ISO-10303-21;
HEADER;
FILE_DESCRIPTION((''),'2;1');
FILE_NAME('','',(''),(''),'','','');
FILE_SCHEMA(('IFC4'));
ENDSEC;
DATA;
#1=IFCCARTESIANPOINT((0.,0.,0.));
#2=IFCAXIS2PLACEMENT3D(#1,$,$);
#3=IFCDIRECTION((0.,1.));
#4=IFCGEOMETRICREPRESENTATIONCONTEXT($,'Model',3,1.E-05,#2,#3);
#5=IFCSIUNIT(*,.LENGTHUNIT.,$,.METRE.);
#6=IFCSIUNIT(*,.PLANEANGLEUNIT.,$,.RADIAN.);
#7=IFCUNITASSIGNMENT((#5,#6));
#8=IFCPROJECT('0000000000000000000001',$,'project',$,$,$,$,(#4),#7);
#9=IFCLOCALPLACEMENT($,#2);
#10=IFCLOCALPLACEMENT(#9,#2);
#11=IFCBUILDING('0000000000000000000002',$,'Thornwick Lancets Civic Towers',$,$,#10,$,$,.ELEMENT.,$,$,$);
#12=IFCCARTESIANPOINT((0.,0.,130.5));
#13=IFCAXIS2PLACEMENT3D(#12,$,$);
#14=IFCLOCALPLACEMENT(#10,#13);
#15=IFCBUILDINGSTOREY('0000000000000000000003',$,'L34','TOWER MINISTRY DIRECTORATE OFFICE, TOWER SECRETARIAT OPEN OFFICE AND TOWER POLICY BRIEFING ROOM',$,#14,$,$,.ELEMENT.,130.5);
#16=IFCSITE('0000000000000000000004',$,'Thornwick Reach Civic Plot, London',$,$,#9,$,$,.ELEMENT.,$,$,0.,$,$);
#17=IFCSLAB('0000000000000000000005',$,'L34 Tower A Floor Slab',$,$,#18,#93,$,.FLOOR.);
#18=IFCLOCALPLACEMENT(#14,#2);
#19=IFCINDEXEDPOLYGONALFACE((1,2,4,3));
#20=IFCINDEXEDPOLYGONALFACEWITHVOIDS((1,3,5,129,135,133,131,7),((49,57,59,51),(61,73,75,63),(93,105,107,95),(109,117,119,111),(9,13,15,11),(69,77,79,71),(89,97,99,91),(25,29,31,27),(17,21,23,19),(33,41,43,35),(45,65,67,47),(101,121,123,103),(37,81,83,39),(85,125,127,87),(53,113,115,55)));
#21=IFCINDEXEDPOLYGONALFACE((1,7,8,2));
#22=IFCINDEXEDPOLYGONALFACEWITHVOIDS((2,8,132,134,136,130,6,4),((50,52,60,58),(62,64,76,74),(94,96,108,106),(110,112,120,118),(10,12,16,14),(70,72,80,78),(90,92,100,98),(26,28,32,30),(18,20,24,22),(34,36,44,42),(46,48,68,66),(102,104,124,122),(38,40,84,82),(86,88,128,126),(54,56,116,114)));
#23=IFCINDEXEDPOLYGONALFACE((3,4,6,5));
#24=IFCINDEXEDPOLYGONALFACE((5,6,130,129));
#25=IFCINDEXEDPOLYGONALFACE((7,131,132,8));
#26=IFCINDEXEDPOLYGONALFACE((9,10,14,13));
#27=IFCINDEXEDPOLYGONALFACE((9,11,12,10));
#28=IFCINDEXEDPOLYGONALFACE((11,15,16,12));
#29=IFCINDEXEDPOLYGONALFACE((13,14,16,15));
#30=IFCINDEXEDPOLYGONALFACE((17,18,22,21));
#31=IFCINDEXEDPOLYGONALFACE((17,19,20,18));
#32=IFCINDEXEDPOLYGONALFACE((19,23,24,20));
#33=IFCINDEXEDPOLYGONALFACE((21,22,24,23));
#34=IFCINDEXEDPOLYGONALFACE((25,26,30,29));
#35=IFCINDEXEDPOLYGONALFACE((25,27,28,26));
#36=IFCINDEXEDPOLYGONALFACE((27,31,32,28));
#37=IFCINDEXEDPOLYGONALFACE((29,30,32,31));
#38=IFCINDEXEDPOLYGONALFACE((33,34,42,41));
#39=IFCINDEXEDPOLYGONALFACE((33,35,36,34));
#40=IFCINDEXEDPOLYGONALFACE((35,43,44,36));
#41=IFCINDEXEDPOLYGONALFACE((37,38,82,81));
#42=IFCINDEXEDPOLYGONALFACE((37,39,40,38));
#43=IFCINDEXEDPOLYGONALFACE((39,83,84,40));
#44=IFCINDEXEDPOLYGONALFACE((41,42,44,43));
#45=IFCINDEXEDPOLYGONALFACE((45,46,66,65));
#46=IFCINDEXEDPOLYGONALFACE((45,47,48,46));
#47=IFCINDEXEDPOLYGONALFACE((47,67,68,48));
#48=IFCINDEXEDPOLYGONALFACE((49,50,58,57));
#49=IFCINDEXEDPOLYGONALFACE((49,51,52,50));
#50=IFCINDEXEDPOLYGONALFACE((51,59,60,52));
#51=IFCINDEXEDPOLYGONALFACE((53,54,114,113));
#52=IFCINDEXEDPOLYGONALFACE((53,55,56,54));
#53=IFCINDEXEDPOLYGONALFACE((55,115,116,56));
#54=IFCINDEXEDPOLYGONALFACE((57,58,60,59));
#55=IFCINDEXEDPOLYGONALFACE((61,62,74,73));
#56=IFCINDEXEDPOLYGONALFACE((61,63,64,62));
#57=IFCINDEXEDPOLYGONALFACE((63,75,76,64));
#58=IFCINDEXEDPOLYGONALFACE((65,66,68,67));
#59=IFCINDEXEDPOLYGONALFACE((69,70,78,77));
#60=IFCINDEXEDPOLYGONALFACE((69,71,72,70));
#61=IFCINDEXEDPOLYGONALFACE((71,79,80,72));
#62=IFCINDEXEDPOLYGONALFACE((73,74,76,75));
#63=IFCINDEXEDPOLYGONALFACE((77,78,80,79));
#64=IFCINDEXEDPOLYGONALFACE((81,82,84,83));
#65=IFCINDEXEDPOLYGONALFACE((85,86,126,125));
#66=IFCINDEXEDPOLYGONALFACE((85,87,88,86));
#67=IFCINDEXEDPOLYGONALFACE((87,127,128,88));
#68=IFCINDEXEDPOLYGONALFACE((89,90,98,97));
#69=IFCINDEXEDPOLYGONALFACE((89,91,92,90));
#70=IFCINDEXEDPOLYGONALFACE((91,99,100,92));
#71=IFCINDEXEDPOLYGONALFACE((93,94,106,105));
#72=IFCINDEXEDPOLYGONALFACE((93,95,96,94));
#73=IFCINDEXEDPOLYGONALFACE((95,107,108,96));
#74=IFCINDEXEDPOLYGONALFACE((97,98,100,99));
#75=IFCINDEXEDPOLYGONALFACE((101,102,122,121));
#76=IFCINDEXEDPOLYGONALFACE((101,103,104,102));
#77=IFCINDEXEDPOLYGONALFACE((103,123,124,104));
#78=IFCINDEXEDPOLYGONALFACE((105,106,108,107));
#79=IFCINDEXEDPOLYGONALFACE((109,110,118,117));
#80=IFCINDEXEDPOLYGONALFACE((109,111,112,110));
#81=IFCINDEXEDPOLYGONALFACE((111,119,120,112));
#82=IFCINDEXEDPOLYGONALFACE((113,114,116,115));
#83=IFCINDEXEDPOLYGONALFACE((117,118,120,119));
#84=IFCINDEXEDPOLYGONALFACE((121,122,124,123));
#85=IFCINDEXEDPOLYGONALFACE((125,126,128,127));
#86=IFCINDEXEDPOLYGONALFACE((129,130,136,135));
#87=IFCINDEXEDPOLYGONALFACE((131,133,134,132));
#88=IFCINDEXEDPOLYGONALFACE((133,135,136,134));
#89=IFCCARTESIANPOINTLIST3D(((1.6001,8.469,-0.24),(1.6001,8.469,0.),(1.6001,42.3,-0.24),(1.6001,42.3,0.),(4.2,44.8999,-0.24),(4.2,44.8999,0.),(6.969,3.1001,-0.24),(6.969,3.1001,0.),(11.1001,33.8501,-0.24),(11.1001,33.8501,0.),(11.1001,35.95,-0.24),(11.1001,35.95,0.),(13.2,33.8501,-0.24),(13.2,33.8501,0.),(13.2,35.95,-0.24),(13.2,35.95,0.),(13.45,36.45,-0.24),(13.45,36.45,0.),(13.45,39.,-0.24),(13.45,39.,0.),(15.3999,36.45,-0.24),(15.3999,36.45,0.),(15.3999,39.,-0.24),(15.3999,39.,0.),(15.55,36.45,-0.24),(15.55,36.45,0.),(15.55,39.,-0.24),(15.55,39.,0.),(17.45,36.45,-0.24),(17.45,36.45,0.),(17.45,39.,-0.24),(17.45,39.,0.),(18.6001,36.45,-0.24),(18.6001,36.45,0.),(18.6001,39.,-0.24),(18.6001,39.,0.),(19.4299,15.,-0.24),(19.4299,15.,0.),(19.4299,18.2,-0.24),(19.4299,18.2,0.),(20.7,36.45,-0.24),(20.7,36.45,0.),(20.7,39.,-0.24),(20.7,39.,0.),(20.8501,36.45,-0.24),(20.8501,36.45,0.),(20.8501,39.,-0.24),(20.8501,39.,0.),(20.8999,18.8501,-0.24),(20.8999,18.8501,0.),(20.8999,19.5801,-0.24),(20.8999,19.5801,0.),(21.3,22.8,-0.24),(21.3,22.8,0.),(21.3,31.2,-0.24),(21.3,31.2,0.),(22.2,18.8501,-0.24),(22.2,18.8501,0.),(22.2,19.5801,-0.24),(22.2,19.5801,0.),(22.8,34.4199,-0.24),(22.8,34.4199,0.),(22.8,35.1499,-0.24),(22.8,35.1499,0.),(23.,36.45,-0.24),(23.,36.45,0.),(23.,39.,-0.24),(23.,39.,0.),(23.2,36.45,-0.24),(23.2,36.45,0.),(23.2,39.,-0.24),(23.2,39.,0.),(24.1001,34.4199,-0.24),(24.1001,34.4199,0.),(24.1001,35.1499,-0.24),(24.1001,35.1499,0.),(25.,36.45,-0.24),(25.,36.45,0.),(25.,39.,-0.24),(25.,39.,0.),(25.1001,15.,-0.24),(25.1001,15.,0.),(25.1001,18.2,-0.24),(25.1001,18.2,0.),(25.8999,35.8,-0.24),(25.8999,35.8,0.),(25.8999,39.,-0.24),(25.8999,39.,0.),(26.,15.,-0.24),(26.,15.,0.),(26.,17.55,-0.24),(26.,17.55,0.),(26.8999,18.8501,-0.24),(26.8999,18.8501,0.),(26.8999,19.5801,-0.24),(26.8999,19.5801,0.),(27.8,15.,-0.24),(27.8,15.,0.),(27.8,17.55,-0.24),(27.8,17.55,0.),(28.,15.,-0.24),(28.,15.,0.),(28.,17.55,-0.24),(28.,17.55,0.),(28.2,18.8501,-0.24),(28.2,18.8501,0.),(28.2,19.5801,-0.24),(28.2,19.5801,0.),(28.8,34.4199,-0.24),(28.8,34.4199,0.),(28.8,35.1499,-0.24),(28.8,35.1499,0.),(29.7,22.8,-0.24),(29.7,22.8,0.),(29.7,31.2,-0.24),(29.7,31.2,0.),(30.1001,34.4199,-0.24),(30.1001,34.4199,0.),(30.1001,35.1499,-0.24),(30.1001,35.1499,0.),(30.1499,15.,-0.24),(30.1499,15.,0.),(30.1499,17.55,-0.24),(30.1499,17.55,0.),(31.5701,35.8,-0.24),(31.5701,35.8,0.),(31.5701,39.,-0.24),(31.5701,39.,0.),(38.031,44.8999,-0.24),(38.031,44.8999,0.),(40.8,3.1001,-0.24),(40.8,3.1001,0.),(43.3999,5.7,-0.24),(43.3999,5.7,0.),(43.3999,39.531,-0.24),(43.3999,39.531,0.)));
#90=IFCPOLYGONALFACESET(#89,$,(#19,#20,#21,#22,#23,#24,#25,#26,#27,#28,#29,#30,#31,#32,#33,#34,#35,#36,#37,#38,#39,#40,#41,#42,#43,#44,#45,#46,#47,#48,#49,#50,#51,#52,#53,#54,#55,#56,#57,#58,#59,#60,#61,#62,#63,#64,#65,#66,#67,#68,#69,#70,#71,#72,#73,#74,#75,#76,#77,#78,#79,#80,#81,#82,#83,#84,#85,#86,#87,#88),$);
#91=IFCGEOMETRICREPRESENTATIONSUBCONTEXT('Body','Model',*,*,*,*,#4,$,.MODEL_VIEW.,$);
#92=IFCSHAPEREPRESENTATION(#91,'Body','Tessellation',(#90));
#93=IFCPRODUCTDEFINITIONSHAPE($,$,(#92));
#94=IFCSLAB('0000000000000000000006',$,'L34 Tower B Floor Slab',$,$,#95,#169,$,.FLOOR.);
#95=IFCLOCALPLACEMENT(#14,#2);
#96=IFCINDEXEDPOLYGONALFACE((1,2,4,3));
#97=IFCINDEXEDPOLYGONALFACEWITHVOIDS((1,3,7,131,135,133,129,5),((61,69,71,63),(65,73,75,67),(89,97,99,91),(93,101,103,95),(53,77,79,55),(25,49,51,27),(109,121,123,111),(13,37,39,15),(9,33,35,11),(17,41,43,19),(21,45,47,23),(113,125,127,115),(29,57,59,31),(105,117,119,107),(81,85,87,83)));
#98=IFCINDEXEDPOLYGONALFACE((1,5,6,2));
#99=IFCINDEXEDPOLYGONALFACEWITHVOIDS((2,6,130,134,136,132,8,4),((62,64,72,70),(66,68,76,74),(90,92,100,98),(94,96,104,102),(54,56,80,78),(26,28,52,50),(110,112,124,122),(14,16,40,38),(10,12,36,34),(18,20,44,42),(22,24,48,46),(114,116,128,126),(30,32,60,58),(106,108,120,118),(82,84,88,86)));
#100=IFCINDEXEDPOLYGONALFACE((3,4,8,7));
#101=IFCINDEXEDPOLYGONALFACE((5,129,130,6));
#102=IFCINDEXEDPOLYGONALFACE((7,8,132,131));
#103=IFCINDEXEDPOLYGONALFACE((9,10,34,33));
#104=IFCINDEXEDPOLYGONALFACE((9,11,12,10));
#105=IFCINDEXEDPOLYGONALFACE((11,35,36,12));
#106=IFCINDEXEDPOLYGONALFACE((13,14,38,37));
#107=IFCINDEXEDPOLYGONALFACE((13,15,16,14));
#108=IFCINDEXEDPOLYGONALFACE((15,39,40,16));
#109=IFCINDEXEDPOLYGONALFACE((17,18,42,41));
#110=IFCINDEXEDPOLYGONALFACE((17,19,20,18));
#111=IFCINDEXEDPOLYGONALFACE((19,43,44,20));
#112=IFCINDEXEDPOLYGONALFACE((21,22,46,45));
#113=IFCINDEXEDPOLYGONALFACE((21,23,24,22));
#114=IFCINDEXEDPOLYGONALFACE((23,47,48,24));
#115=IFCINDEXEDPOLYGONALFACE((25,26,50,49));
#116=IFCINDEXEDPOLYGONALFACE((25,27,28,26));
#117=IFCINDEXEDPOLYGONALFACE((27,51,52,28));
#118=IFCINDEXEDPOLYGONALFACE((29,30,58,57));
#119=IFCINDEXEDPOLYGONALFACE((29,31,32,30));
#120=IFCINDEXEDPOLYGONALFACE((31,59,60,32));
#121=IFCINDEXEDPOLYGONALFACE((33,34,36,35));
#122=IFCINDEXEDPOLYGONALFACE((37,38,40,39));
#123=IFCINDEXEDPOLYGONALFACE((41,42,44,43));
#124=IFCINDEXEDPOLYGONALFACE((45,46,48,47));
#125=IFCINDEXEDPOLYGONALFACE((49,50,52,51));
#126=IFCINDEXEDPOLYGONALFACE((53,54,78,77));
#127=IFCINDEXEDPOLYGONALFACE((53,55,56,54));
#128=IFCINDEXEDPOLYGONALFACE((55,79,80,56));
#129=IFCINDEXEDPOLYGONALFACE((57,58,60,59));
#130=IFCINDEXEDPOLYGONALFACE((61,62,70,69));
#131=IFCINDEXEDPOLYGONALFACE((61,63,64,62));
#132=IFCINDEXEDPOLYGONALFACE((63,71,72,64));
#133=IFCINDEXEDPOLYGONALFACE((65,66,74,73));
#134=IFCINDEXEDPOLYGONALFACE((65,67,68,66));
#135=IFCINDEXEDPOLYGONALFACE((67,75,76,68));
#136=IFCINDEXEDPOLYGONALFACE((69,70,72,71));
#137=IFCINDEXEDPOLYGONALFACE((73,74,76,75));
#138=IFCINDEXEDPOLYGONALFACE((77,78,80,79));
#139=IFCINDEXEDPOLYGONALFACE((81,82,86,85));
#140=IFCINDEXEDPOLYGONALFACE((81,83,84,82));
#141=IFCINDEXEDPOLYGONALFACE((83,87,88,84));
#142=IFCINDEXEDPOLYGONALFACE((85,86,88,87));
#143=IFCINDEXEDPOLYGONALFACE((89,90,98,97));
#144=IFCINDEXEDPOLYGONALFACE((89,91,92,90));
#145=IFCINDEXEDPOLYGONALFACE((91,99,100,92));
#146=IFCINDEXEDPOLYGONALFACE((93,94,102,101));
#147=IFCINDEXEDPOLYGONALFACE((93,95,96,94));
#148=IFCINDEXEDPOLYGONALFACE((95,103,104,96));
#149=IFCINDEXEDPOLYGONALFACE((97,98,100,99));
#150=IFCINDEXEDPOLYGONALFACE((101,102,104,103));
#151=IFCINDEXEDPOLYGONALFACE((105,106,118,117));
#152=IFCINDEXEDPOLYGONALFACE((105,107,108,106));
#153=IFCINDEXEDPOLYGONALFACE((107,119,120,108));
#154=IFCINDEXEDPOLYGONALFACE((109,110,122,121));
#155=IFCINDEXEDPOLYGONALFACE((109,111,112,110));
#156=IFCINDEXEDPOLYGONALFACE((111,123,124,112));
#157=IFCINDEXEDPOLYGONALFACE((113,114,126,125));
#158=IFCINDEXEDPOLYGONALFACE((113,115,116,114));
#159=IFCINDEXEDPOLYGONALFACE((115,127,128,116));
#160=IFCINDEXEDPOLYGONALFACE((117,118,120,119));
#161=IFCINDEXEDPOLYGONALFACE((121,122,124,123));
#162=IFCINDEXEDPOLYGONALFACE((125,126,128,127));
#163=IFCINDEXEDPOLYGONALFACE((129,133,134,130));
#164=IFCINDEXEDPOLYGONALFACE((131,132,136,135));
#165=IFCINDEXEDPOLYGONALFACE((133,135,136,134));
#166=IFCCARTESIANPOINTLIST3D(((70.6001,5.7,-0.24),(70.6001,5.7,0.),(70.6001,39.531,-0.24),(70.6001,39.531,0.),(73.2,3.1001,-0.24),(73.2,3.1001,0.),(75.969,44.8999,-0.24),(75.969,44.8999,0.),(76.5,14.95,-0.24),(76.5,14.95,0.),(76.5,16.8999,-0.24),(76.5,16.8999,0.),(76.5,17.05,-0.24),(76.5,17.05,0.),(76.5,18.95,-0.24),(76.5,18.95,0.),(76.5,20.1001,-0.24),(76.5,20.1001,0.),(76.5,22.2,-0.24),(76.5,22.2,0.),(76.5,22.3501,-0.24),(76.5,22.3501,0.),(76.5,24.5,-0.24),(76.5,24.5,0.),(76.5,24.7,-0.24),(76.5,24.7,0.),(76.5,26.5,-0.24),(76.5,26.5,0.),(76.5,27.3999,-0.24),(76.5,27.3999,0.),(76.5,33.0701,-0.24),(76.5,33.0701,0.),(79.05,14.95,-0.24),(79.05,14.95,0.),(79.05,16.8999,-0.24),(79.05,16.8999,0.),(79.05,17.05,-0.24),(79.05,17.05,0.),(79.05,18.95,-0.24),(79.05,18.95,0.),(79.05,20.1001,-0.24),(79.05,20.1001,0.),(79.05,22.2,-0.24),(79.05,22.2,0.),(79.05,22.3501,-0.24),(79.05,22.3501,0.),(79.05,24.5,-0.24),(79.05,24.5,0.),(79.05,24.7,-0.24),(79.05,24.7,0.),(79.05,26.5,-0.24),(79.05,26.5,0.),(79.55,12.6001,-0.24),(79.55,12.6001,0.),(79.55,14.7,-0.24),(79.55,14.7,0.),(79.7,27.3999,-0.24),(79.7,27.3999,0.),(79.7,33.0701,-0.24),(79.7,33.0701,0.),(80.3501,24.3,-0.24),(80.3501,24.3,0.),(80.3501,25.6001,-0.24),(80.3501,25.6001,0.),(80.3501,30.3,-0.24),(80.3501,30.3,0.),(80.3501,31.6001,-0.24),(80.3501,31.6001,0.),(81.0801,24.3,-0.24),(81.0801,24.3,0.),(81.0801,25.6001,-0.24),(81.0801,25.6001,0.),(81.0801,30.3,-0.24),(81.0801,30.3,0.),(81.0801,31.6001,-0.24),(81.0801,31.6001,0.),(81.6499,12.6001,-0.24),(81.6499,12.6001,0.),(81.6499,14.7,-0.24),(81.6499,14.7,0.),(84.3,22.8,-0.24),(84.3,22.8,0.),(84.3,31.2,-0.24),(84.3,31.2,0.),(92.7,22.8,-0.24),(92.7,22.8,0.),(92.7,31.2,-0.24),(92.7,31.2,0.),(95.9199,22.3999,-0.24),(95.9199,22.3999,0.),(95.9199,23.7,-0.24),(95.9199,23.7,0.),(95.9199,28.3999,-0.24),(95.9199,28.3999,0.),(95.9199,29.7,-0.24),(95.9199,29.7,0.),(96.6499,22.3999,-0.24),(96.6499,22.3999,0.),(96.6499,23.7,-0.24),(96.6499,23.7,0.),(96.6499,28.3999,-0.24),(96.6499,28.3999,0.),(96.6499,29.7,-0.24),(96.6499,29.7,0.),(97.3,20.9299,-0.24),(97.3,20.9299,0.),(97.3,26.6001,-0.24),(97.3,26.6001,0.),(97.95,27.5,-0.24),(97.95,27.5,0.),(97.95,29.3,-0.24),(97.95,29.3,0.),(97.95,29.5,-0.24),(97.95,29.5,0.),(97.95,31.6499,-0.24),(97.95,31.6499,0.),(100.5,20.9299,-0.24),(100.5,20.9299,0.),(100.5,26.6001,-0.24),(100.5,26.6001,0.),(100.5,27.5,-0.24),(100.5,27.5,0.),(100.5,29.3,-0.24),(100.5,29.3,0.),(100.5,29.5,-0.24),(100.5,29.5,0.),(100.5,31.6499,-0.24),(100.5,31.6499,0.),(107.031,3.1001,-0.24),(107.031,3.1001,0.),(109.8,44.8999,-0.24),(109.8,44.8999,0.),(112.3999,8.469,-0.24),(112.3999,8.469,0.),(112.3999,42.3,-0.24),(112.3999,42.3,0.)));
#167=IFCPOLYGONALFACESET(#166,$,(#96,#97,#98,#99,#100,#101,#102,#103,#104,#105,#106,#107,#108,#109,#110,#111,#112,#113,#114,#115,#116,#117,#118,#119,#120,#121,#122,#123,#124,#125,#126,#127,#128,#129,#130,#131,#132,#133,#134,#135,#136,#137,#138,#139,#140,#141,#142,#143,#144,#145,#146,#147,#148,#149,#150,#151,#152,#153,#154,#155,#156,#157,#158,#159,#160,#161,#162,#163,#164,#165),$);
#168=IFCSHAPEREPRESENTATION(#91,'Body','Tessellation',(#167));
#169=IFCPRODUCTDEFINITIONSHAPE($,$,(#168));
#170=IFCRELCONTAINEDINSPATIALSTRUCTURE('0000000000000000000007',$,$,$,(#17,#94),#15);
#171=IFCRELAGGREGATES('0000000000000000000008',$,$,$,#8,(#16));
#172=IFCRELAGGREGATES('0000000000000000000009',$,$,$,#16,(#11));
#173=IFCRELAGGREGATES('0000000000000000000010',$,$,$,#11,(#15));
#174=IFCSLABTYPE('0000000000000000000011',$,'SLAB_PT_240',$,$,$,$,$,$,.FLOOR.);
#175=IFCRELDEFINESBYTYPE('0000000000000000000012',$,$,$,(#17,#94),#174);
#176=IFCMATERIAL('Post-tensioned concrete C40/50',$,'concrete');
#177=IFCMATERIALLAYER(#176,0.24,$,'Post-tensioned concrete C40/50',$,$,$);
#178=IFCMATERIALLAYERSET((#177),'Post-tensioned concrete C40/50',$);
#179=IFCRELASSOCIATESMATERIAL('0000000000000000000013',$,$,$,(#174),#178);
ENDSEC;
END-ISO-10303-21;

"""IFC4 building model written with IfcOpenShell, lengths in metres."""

from ifc_helpers import new_model, si_unit, direction, frame, origin, place, context, subcontext, project, spatial, polyline, outline, extrude, material, layer, layer_set, type_object, element, save


model = new_model("IFC4")

# Units and contexts
model_context = context("Model", 3, precision=1e-05, world=origin(), true_north=direction((0.0, 1.0)))
body_context = subcontext(model_context, "Body", "Model", "MODEL_VIEW")
ifc_project = project(units=[si_unit("LENGTHUNIT", "METRE"), si_unit("PLANEANGLEUNIT", "RADIAN")], contexts=[model_context])

# Site, building, storey
site_placement = place(None, origin())
site = spatial("IfcSite", under=ifc_project, at=site_placement, Name="Thornwick Reach Civic Plot, London", CompositionType="ELEMENT", RefElevation=0.0)
building_placement = place(site_placement, origin())
building = spatial("IfcBuilding", under=site, at=building_placement, Name="Thornwick Lancets Civic Towers", CompositionType="ELEMENT")
storey_placement = place(building_placement, frame((0.0, 0.0, 130.5)))
storey = spatial("IfcBuildingStorey", under=building, at=storey_placement, Name="L34", Description="TOWER MINISTRY DIRECTORATE OFFICE, TOWER SECRETARIAT OPEN OFFICE AND TOWER POLICY BRIEFING ROOM", CompositionType="ELEMENT", Elevation=130.5)

# Shared definitions
ifc_material_1 = material(Name="Post-tensioned concrete C40/50", Category="concrete")

# Slabs
ifc_layer_1 = layer(ifc_material_1, 0.24, Name="Post-tensioned concrete C40/50")
ifc_layer_set_1 = layer_set([ifc_layer_1], Name="Post-tensioned concrete C40/50")
slab_type_1 = type_object("IfcSlabType", Name="SLAB_PT_240", PredefinedType="FLOOR", material=ifc_layer_set_1)
slab_1_placement = place(storey_placement, frame((0.0, 0.0, -0.24)))
element("IfcSlab", 1, at=slab_1_placement, inside=storey, type_object=slab_type_1, Name="L34 Tower A Floor Slab", PredefinedType="FLOOR", context=body_context, shape_type="SweptSolid", body=[
    extrude(outline(polyline([(6.969, 3.1001), (40.8, 3.1001), (43.3999, 5.7), (43.3999, 39.531), (38.031, 44.8999), (4.2, 44.8999), (1.6001, 42.3), (1.6001, 8.469), (6.969, 3.1001)]), holes=[polyline([(21.3, 22.8), (29.7, 22.8), (29.7, 31.2), (21.3, 31.2), (21.3, 22.8)]), polyline([(19.4299, 15.0), (25.1001, 15.0), (25.1001, 18.2), (19.4299, 18.2), (19.4299, 15.0)]), polyline([(31.5701, 39.0), (25.8999, 39.0), (25.8999, 35.8), (31.5701, 35.8), (31.5701, 39.0)]), polyline([(26.0, 15.0), (27.8, 15.0), (27.8, 17.55), (26.0, 17.55), (26.0, 15.0)]), polyline([(28.0, 15.0), (30.1499, 15.0), (30.1499, 17.55), (28.0, 17.55), (28.0, 15.0)]), polyline([(23.2, 36.45), (25.0, 36.45), (25.0, 39.0), (23.2, 39.0), (23.2, 36.45)]), polyline([(20.8501, 36.45), (23.0, 36.45), (23.0, 39.0), (20.8501, 39.0), (20.8501, 36.45)]), polyline([(18.6001, 36.45), (20.7, 36.45), (20.7, 39.0), (18.6001, 39.0), (18.6001, 36.45)]), polyline([(15.55, 36.45), (17.45, 36.45), (17.45, 39.0), (15.55, 39.0), (15.55, 36.45)]), polyline([(13.45, 36.45), (15.3999, 36.45), (15.3999, 39.0), (13.45, 39.0), (13.45, 36.45)]), polyline([(11.1001, 33.8501), (13.2, 33.8501), (13.2, 35.95), (11.1001, 35.95), (11.1001, 33.8501)]), polyline([(26.8999, 18.8501), (28.2, 18.8501), (28.2, 19.5801), (26.8999, 19.5801), (26.8999, 18.8501)]), polyline([(20.8999, 18.8501), (22.2, 18.8501), (22.2, 19.5801), (20.8999, 19.5801), (20.8999, 18.8501)]), polyline([(22.8, 34.4199), (24.1001, 34.4199), (24.1001, 35.1499), (22.8, 35.1499), (22.8, 34.4199)]), polyline([(28.8, 34.4199), (30.1001, 34.4199), (30.1001, 35.1499), (28.8, 35.1499), (28.8, 34.4199)])]), origin(), (0.0, 0.0, 1.0), 0.24),
])
slab_2_placement = place(storey_placement, frame((0.0, 0.0, -0.24)))
element("IfcSlab", 2, at=slab_2_placement, inside=storey, type_object=slab_type_1, Name="L34 Tower B Floor Slab", PredefinedType="FLOOR", context=body_context, shape_type="SweptSolid", body=[
    extrude(outline(polyline([(73.2, 3.1001), (107.031, 3.1001), (112.3999, 8.469), (112.3999, 42.3), (109.8, 44.8999), (75.969, 44.8999), (70.6001, 39.531), (70.6001, 5.7), (73.2, 3.1001)]), holes=[polyline([(84.3, 22.8), (92.7, 22.8), (92.7, 31.2), (84.3, 31.2), (84.3, 22.8)]), polyline([(100.5, 20.9299), (100.5, 26.6001), (97.3, 26.6001), (97.3, 20.9299), (100.5, 20.9299)]), polyline([(76.5, 33.0701), (76.5, 27.3999), (79.7, 27.3999), (79.7, 33.0701), (76.5, 33.0701)]), polyline([(97.95, 27.5), (100.5, 27.5), (100.5, 29.3), (97.95, 29.3), (97.95, 27.5)]), polyline([(97.95, 29.5), (100.5, 29.5), (100.5, 31.6499), (97.95, 31.6499), (97.95, 29.5)]), polyline([(76.5, 24.7), (79.05, 24.7), (79.05, 26.5), (76.5, 26.5), (76.5, 24.7)]), polyline([(76.5, 22.3501), (79.05, 22.3501), (79.05, 24.5), (76.5, 24.5), (76.5, 22.3501)]), polyline([(76.5, 20.1001), (79.05, 20.1001), (79.05, 22.2), (76.5, 22.2), (76.5, 20.1001)]), polyline([(76.5, 17.05), (79.05, 17.05), (79.05, 18.95), (76.5, 18.95), (76.5, 17.05)]), polyline([(76.5, 14.95), (79.05, 14.95), (79.05, 16.8999), (76.5, 16.8999), (76.5, 14.95)]), polyline([(79.55, 12.6001), (81.6499, 12.6001), (81.6499, 14.7), (79.55, 14.7), (79.55, 12.6001)]), polyline([(95.9199, 28.3999), (96.6499, 28.3999), (96.6499, 29.7), (95.9199, 29.7), (95.9199, 28.3999)]), polyline([(95.9199, 22.3999), (96.6499, 22.3999), (96.6499, 23.7), (95.9199, 23.7), (95.9199, 22.3999)]), polyline([(80.3501, 24.3), (81.0801, 24.3), (81.0801, 25.6001), (80.3501, 25.6001), (80.3501, 24.3)]), polyline([(80.3501, 30.3), (81.0801, 30.3), (81.0801, 31.6001), (80.3501, 31.6001), (80.3501, 30.3)])]), origin(), (0.0, 0.0, 1.0), 0.24),
])

save(model, "model.ifc")
